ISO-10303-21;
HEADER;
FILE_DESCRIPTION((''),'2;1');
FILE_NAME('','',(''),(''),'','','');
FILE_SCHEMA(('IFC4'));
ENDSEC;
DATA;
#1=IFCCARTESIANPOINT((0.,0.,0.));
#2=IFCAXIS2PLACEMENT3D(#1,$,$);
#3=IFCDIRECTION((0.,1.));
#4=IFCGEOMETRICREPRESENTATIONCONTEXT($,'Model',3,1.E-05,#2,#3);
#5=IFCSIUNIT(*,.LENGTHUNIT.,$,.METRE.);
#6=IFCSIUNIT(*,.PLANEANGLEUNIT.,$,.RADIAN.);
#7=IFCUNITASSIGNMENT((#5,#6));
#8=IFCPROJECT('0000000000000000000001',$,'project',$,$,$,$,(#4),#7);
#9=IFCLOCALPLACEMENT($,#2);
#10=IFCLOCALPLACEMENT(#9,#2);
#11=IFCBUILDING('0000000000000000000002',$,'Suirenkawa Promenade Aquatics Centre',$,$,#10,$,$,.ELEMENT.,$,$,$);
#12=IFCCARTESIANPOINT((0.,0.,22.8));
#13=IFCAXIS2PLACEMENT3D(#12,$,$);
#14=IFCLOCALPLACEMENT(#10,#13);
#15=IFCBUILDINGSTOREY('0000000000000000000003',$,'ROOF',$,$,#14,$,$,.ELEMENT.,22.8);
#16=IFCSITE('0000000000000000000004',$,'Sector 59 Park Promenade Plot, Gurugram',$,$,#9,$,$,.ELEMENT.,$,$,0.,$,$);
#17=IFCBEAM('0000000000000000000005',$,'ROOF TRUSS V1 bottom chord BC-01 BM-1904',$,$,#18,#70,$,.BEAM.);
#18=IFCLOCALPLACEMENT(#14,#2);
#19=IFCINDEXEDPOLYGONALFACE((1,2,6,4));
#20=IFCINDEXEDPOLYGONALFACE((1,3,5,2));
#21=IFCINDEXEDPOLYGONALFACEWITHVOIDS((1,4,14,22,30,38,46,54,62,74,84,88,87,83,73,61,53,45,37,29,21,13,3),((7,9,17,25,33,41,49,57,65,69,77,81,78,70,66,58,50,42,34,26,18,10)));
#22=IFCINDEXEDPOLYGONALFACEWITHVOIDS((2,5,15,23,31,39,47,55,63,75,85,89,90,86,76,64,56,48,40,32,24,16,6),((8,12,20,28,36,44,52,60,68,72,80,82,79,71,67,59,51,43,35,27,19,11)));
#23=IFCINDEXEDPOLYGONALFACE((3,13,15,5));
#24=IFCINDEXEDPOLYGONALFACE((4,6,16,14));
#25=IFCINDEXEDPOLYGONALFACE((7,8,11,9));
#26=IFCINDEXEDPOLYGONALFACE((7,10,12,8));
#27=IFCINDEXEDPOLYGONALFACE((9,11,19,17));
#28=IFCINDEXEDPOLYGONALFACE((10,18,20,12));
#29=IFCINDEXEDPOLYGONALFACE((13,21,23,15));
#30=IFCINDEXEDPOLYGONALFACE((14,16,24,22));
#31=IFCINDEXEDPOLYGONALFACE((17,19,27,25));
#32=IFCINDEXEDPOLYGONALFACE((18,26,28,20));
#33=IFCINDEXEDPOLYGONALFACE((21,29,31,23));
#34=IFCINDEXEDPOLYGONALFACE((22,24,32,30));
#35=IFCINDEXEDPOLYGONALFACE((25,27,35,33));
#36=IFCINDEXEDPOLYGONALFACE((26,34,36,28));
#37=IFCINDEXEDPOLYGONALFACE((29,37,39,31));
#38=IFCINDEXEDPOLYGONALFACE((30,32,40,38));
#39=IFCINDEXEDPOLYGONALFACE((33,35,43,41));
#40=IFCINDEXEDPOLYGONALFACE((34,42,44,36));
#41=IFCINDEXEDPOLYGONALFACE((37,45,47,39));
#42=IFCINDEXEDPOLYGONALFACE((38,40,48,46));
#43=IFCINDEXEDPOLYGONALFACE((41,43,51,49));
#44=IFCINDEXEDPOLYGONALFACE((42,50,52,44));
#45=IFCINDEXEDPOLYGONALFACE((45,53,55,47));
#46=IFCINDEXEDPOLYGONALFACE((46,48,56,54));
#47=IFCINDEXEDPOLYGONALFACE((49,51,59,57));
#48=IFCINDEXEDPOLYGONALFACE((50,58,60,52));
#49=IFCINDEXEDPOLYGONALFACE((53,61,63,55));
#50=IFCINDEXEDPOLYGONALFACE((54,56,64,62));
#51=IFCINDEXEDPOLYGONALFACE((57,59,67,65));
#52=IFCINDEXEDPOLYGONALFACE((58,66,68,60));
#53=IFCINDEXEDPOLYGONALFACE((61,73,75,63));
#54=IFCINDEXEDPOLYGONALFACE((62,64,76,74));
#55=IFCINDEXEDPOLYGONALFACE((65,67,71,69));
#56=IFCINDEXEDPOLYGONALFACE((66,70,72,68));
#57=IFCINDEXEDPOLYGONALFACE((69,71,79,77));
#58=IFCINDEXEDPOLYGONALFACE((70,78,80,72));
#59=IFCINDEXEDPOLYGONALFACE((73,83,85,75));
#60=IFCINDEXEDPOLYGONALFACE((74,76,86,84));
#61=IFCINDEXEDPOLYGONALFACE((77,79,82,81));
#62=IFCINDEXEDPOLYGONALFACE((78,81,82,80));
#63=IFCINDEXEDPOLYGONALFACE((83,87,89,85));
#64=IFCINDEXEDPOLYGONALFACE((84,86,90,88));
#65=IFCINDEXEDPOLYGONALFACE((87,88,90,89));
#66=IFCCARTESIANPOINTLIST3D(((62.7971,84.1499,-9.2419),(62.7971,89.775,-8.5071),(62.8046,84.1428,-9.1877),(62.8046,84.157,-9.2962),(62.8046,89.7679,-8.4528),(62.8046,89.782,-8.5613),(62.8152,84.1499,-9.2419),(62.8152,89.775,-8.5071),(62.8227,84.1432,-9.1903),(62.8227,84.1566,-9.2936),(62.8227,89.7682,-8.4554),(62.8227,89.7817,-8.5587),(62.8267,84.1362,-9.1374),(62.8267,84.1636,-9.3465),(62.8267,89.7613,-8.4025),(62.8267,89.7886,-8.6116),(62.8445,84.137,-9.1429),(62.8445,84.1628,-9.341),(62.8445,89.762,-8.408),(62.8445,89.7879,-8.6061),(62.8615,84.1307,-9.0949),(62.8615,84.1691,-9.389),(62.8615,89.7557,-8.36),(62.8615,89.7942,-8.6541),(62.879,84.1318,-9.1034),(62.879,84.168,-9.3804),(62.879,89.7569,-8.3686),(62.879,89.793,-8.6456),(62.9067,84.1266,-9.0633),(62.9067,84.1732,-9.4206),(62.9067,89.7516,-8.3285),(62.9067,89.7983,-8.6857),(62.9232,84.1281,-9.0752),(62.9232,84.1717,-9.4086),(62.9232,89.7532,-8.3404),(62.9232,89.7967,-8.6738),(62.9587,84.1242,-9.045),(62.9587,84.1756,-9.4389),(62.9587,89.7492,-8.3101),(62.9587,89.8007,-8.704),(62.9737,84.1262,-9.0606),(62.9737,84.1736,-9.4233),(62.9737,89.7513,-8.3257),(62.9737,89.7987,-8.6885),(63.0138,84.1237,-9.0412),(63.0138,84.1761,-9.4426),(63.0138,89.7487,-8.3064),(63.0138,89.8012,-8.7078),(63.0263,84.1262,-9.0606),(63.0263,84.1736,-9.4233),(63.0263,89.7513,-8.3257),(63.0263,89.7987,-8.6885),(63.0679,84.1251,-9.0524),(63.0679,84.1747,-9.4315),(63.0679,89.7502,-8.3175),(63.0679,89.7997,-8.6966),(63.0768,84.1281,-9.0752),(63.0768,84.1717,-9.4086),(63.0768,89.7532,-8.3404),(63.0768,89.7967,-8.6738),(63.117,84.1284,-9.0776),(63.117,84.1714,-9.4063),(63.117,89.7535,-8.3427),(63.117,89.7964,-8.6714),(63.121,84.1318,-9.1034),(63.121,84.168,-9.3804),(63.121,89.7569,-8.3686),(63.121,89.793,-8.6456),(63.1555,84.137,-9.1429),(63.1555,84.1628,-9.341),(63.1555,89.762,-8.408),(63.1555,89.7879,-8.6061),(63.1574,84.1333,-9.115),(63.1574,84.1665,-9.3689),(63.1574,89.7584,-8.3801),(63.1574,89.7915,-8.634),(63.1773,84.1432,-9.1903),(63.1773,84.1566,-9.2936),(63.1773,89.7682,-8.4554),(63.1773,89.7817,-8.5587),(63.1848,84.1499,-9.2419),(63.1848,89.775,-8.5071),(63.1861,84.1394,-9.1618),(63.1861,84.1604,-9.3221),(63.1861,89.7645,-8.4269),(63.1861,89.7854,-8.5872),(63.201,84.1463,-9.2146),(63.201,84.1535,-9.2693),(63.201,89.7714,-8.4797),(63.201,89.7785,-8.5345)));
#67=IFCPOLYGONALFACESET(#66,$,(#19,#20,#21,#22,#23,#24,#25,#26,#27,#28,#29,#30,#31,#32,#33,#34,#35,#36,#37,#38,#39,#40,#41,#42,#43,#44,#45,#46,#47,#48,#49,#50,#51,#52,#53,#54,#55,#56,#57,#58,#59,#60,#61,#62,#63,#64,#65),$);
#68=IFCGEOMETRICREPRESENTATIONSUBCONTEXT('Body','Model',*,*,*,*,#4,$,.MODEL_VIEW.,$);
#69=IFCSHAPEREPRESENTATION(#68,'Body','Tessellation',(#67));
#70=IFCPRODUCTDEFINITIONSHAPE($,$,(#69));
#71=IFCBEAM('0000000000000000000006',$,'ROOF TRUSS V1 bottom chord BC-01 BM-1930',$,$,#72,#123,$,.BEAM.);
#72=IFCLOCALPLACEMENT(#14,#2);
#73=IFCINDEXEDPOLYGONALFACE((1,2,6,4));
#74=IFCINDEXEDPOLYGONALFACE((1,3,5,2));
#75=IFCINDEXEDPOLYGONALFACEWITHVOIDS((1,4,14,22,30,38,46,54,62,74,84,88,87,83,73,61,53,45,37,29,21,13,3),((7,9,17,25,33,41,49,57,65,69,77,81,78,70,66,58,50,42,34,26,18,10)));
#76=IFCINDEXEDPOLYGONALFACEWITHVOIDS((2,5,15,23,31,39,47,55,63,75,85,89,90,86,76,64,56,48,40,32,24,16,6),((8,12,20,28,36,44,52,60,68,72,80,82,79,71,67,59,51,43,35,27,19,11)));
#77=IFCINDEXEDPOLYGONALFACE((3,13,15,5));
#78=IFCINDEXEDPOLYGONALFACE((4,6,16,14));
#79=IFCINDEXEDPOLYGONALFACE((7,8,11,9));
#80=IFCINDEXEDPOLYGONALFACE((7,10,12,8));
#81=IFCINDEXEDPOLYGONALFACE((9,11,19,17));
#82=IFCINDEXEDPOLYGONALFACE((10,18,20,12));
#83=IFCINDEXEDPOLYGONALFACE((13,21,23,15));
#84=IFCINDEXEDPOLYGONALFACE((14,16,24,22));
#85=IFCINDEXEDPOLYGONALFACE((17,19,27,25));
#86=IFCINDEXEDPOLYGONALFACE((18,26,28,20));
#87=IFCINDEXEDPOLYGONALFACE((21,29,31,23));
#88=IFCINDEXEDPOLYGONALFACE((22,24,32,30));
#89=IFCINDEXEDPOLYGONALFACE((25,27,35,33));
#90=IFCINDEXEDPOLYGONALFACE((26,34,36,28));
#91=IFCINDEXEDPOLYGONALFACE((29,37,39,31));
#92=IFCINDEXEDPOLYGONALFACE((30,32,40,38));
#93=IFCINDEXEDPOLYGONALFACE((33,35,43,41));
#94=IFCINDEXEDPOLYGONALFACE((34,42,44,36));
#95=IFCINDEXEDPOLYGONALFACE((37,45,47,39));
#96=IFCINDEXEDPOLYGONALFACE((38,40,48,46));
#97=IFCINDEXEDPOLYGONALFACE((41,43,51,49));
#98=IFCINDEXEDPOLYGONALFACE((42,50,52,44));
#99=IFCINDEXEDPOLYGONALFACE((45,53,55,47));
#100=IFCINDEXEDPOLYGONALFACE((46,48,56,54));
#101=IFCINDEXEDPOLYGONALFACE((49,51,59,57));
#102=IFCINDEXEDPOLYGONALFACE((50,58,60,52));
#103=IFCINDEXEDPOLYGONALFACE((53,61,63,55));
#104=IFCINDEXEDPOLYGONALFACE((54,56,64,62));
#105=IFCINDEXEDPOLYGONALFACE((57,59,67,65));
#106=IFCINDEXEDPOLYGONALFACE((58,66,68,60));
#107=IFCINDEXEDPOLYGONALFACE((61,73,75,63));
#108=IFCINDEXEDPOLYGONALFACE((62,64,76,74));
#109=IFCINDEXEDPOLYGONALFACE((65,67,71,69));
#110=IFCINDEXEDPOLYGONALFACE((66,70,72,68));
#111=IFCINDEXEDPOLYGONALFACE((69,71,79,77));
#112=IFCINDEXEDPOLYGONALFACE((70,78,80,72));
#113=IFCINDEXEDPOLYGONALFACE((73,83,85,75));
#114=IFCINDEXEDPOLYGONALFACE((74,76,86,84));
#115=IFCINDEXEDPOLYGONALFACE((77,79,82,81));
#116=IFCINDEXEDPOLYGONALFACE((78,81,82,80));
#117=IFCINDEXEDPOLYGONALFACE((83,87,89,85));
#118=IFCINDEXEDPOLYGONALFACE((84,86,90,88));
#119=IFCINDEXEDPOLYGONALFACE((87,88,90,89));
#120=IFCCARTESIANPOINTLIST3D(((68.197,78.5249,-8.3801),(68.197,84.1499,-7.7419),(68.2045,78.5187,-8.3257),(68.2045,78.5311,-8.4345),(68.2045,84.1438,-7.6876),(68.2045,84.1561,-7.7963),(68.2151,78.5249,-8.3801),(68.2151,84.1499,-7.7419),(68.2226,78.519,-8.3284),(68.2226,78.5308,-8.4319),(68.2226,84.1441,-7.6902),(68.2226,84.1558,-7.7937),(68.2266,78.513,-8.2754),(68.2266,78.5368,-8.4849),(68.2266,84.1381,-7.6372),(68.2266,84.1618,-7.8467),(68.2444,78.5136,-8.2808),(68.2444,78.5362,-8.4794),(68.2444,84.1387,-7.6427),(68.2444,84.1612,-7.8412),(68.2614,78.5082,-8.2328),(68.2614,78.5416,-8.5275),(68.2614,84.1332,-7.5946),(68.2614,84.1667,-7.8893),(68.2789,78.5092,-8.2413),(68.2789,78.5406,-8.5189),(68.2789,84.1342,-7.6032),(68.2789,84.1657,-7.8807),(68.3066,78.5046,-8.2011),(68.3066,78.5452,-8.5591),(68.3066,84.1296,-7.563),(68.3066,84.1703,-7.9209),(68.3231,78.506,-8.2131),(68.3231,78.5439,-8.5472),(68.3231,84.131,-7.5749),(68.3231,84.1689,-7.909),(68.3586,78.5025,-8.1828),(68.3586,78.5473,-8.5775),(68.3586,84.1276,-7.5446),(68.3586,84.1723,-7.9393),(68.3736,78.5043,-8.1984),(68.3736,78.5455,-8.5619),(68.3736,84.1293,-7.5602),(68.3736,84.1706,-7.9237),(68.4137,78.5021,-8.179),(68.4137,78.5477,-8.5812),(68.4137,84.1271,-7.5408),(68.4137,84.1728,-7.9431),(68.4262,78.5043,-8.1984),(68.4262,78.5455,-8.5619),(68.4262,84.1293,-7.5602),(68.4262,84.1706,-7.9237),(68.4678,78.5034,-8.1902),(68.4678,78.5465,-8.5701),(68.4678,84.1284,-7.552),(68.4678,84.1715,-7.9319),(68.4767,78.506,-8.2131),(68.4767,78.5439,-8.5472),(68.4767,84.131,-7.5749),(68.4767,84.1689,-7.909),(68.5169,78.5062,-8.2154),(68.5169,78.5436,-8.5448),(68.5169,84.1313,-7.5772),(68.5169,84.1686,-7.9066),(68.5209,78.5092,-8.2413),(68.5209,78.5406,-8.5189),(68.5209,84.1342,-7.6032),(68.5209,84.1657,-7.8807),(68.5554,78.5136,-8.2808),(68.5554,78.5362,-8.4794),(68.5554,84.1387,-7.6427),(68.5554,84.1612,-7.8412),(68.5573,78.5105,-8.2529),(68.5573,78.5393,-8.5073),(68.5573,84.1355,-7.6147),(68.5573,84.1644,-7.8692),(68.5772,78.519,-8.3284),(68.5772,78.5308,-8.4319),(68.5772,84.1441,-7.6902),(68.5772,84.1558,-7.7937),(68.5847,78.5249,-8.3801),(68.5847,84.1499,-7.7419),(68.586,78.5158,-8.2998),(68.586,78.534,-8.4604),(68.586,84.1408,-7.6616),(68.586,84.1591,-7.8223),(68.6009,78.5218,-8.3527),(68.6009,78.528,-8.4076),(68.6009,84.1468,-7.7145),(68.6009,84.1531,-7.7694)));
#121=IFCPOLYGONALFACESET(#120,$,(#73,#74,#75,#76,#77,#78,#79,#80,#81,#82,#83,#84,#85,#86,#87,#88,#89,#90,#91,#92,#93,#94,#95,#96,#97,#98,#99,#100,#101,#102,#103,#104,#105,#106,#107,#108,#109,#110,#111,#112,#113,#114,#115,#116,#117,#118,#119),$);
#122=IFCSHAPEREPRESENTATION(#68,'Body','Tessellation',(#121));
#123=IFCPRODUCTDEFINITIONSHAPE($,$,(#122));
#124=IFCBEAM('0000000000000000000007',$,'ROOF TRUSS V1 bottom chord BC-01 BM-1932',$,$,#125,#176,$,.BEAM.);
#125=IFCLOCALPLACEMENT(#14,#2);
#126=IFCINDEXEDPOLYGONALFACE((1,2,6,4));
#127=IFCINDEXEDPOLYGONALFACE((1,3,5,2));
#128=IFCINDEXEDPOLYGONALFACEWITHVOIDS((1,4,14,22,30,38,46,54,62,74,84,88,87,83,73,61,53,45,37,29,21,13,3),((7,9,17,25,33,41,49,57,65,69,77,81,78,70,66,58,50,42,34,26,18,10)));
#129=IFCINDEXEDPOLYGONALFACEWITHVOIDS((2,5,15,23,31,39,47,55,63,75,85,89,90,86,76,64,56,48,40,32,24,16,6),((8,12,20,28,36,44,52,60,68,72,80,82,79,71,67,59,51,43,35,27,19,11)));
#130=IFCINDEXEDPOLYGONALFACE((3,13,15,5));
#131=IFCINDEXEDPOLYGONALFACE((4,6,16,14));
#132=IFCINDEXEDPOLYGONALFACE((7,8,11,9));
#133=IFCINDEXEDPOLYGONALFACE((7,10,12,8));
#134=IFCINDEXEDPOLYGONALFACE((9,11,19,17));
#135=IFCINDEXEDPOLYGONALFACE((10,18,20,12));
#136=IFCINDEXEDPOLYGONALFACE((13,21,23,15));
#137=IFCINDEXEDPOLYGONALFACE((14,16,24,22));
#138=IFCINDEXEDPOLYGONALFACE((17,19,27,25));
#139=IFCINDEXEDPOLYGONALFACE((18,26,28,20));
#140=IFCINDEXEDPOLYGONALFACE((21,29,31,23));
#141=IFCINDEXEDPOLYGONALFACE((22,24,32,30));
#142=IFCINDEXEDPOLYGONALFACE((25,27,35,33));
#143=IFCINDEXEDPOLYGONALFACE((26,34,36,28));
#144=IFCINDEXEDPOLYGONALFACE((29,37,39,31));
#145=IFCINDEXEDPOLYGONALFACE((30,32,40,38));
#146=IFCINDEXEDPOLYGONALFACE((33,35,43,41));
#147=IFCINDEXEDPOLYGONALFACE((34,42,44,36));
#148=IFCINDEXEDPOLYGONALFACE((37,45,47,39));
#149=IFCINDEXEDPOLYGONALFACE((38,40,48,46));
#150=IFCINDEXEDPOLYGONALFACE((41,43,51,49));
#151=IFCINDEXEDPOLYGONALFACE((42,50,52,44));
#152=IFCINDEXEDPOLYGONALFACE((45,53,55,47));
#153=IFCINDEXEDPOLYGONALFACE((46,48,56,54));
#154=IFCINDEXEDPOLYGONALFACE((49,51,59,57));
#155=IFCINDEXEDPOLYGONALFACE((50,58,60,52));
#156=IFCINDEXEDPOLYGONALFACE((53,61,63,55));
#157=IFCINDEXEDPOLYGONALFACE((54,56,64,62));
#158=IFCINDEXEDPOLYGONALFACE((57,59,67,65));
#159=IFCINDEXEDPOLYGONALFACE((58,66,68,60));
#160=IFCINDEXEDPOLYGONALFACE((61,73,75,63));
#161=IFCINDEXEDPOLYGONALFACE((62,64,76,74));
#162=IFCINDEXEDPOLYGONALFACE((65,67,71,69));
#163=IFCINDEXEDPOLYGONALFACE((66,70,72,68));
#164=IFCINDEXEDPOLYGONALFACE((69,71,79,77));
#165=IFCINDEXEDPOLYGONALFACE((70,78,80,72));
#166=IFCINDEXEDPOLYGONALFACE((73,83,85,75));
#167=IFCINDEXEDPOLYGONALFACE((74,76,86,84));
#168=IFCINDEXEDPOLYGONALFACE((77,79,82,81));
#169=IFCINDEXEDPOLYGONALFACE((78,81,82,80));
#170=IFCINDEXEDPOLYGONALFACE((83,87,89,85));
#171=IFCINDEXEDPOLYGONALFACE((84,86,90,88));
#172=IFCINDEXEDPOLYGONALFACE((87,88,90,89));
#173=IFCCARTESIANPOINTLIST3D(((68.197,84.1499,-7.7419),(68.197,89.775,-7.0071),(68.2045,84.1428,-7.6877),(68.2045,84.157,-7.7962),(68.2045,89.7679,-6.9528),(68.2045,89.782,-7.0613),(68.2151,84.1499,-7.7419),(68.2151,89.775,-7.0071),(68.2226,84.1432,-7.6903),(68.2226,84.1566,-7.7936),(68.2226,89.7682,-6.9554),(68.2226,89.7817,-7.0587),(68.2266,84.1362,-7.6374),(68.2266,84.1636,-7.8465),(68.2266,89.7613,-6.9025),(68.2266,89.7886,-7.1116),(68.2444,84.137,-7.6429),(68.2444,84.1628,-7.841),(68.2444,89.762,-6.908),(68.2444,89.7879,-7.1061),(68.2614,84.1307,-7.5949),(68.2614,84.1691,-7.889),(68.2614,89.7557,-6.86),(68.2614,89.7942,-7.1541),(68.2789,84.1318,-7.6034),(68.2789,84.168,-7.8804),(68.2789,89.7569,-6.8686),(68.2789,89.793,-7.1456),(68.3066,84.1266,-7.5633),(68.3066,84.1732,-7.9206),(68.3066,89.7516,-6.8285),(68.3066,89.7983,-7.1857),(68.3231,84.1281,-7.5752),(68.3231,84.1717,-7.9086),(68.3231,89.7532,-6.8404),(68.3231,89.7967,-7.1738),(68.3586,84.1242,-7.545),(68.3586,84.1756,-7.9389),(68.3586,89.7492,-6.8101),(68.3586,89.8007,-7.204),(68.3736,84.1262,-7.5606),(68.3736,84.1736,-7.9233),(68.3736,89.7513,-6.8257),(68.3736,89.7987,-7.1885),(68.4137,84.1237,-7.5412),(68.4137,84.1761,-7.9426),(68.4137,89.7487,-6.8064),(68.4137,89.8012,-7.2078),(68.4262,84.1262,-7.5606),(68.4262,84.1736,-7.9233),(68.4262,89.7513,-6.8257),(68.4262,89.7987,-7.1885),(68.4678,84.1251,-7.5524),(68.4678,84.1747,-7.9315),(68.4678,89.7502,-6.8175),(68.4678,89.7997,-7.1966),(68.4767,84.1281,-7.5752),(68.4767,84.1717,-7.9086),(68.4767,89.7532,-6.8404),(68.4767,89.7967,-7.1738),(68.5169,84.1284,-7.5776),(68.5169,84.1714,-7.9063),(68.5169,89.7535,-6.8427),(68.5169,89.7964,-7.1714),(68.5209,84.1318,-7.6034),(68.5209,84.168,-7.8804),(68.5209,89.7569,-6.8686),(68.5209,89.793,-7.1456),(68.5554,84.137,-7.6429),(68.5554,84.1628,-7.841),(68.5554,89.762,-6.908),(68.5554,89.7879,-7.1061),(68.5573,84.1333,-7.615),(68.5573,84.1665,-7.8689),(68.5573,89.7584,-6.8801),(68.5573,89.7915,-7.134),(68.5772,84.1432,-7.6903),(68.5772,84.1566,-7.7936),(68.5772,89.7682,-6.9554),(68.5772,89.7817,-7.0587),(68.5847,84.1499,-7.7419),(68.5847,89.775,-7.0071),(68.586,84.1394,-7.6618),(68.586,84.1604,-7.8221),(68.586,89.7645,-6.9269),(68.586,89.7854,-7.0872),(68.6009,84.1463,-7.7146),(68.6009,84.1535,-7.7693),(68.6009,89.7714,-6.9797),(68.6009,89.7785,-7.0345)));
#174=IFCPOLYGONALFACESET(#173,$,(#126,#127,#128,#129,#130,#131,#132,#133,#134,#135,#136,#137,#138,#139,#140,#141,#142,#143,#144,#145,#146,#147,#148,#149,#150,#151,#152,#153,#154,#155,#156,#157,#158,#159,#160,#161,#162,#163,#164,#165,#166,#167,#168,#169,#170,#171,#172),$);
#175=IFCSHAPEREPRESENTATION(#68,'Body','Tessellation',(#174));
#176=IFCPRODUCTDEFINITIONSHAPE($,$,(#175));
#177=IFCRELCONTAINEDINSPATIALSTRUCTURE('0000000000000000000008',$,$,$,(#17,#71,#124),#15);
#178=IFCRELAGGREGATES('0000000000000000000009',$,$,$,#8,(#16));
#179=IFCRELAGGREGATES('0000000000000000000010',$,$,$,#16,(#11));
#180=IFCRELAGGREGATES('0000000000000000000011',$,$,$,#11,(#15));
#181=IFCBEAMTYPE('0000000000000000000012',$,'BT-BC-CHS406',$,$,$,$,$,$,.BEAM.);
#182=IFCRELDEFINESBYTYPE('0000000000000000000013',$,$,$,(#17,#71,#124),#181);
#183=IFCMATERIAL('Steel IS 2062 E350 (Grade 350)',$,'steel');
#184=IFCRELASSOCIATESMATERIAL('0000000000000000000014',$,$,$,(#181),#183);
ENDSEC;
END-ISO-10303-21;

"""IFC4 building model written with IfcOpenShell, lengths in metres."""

from ifc_helpers import new_model, si_unit, direction, frame, origin, origin_2d, place, context, subcontext, project, spatial, hollow_circle, extrude, material, material_profile, profile_set, type_object, element, save


model = new_model("IFC4")

# Units and contexts
model_context = context("Model", 3, precision=1e-05, world=origin(), true_north=direction((0.0, 1.0)))
body_context = subcontext(model_context, "Body", "Model", "MODEL_VIEW")
ifc_project = project(units=[si_unit("LENGTHUNIT", "METRE"), si_unit("PLANEANGLEUNIT", "RADIAN")], contexts=[model_context])

# Site, building, storey
site_placement = place(None, origin())
site = spatial("IfcSite", under=ifc_project, at=site_placement, Name="Sector 59 Park Promenade Plot, Gurugram", CompositionType="ELEMENT", RefElevation=0.0)
building_placement = place(site_placement, origin())
building = spatial("IfcBuilding", under=site, at=building_placement, Name="Suirenkawa Promenade Aquatics Centre", CompositionType="ELEMENT")
storey_placement = place(building_placement, frame((0.0, 0.0, 22.8)))
storey = spatial("IfcBuildingStorey", under=building, at=storey_placement, Name="ROOF", CompositionType="ELEMENT", Elevation=22.8)

# Beams
ifc_material = material(Name="Steel IS 2062 E350 (Grade 350)", Category="steel")
ifc_material_profile_1 = material_profile(ifc_material, hollow_circle(Radius=0.2029, WallThickness=0.0181, at=origin_2d()), Name="CHS 406x18", Category="steel")
ifc_profile_set_1 = profile_set([ifc_material_profile_1], Name="Steel IS 2062 E350 (Grade 350)")
beam_type_1 = type_object("IfcBeamType", Name="BT-BC-CHS406", PredefinedType="BEAM", material=ifc_profile_set_1)
beam_1_placement = place(storey_placement, frame((63.0, 84.1499, -9.2419), z_axis=(0.0, 0.991574, 0.129542), x_axis=(-1.0, 0.0, 0.0)))
element("IfcBeam", 1, at=beam_1_placement, inside=storey, type_object=beam_type_1, Name="ROOF TRUSS V1 bottom chord BC-01 BM-1904", PredefinedType="BEAM", context=body_context, shape_type="SweptSolid", body=[
    extrude(hollow_circle(Radius=0.2029, WallThickness=0.0181, at=origin_2d()), origin(), (0.0, 0.0, 1.0), 5.6729),
])
beam_2_placement = place(storey_placement, frame((68.3999, 78.5249, -8.3801), z_axis=(0.0, 0.993625, 0.112732), x_axis=(-1.0, 0.0, 0.0)))
element("IfcBeam", 2, at=beam_2_placement, inside=storey, type_object=beam_type_1, Name="ROOF TRUSS V1 bottom chord BC-01 BM-1930", PredefinedType="BEAM", context=body_context, shape_type="SweptSolid", body=[
    extrude(hollow_circle(Radius=0.2029, WallThickness=0.0181, at=origin_2d()), origin(), (0.0, 0.0, 1.0), 5.6611),
])
beam_3_placement = place(storey_placement, frame((68.3999, 84.1499, -7.7419), z_axis=(0.0, 0.991574, 0.129542), x_axis=(-1.0, 0.0, 0.0)))
element("IfcBeam", 3, at=beam_3_placement, inside=storey, type_object=beam_type_1, Name="ROOF TRUSS V1 bottom chord BC-01 BM-1932", PredefinedType="BEAM", context=body_context, shape_type="SweptSolid", body=[
    extrude(hollow_circle(Radius=0.2029, WallThickness=0.0181, at=origin_2d()), origin(), (0.0, 0.0, 1.0), 5.6729),
])

save(model, "model.ifc")
